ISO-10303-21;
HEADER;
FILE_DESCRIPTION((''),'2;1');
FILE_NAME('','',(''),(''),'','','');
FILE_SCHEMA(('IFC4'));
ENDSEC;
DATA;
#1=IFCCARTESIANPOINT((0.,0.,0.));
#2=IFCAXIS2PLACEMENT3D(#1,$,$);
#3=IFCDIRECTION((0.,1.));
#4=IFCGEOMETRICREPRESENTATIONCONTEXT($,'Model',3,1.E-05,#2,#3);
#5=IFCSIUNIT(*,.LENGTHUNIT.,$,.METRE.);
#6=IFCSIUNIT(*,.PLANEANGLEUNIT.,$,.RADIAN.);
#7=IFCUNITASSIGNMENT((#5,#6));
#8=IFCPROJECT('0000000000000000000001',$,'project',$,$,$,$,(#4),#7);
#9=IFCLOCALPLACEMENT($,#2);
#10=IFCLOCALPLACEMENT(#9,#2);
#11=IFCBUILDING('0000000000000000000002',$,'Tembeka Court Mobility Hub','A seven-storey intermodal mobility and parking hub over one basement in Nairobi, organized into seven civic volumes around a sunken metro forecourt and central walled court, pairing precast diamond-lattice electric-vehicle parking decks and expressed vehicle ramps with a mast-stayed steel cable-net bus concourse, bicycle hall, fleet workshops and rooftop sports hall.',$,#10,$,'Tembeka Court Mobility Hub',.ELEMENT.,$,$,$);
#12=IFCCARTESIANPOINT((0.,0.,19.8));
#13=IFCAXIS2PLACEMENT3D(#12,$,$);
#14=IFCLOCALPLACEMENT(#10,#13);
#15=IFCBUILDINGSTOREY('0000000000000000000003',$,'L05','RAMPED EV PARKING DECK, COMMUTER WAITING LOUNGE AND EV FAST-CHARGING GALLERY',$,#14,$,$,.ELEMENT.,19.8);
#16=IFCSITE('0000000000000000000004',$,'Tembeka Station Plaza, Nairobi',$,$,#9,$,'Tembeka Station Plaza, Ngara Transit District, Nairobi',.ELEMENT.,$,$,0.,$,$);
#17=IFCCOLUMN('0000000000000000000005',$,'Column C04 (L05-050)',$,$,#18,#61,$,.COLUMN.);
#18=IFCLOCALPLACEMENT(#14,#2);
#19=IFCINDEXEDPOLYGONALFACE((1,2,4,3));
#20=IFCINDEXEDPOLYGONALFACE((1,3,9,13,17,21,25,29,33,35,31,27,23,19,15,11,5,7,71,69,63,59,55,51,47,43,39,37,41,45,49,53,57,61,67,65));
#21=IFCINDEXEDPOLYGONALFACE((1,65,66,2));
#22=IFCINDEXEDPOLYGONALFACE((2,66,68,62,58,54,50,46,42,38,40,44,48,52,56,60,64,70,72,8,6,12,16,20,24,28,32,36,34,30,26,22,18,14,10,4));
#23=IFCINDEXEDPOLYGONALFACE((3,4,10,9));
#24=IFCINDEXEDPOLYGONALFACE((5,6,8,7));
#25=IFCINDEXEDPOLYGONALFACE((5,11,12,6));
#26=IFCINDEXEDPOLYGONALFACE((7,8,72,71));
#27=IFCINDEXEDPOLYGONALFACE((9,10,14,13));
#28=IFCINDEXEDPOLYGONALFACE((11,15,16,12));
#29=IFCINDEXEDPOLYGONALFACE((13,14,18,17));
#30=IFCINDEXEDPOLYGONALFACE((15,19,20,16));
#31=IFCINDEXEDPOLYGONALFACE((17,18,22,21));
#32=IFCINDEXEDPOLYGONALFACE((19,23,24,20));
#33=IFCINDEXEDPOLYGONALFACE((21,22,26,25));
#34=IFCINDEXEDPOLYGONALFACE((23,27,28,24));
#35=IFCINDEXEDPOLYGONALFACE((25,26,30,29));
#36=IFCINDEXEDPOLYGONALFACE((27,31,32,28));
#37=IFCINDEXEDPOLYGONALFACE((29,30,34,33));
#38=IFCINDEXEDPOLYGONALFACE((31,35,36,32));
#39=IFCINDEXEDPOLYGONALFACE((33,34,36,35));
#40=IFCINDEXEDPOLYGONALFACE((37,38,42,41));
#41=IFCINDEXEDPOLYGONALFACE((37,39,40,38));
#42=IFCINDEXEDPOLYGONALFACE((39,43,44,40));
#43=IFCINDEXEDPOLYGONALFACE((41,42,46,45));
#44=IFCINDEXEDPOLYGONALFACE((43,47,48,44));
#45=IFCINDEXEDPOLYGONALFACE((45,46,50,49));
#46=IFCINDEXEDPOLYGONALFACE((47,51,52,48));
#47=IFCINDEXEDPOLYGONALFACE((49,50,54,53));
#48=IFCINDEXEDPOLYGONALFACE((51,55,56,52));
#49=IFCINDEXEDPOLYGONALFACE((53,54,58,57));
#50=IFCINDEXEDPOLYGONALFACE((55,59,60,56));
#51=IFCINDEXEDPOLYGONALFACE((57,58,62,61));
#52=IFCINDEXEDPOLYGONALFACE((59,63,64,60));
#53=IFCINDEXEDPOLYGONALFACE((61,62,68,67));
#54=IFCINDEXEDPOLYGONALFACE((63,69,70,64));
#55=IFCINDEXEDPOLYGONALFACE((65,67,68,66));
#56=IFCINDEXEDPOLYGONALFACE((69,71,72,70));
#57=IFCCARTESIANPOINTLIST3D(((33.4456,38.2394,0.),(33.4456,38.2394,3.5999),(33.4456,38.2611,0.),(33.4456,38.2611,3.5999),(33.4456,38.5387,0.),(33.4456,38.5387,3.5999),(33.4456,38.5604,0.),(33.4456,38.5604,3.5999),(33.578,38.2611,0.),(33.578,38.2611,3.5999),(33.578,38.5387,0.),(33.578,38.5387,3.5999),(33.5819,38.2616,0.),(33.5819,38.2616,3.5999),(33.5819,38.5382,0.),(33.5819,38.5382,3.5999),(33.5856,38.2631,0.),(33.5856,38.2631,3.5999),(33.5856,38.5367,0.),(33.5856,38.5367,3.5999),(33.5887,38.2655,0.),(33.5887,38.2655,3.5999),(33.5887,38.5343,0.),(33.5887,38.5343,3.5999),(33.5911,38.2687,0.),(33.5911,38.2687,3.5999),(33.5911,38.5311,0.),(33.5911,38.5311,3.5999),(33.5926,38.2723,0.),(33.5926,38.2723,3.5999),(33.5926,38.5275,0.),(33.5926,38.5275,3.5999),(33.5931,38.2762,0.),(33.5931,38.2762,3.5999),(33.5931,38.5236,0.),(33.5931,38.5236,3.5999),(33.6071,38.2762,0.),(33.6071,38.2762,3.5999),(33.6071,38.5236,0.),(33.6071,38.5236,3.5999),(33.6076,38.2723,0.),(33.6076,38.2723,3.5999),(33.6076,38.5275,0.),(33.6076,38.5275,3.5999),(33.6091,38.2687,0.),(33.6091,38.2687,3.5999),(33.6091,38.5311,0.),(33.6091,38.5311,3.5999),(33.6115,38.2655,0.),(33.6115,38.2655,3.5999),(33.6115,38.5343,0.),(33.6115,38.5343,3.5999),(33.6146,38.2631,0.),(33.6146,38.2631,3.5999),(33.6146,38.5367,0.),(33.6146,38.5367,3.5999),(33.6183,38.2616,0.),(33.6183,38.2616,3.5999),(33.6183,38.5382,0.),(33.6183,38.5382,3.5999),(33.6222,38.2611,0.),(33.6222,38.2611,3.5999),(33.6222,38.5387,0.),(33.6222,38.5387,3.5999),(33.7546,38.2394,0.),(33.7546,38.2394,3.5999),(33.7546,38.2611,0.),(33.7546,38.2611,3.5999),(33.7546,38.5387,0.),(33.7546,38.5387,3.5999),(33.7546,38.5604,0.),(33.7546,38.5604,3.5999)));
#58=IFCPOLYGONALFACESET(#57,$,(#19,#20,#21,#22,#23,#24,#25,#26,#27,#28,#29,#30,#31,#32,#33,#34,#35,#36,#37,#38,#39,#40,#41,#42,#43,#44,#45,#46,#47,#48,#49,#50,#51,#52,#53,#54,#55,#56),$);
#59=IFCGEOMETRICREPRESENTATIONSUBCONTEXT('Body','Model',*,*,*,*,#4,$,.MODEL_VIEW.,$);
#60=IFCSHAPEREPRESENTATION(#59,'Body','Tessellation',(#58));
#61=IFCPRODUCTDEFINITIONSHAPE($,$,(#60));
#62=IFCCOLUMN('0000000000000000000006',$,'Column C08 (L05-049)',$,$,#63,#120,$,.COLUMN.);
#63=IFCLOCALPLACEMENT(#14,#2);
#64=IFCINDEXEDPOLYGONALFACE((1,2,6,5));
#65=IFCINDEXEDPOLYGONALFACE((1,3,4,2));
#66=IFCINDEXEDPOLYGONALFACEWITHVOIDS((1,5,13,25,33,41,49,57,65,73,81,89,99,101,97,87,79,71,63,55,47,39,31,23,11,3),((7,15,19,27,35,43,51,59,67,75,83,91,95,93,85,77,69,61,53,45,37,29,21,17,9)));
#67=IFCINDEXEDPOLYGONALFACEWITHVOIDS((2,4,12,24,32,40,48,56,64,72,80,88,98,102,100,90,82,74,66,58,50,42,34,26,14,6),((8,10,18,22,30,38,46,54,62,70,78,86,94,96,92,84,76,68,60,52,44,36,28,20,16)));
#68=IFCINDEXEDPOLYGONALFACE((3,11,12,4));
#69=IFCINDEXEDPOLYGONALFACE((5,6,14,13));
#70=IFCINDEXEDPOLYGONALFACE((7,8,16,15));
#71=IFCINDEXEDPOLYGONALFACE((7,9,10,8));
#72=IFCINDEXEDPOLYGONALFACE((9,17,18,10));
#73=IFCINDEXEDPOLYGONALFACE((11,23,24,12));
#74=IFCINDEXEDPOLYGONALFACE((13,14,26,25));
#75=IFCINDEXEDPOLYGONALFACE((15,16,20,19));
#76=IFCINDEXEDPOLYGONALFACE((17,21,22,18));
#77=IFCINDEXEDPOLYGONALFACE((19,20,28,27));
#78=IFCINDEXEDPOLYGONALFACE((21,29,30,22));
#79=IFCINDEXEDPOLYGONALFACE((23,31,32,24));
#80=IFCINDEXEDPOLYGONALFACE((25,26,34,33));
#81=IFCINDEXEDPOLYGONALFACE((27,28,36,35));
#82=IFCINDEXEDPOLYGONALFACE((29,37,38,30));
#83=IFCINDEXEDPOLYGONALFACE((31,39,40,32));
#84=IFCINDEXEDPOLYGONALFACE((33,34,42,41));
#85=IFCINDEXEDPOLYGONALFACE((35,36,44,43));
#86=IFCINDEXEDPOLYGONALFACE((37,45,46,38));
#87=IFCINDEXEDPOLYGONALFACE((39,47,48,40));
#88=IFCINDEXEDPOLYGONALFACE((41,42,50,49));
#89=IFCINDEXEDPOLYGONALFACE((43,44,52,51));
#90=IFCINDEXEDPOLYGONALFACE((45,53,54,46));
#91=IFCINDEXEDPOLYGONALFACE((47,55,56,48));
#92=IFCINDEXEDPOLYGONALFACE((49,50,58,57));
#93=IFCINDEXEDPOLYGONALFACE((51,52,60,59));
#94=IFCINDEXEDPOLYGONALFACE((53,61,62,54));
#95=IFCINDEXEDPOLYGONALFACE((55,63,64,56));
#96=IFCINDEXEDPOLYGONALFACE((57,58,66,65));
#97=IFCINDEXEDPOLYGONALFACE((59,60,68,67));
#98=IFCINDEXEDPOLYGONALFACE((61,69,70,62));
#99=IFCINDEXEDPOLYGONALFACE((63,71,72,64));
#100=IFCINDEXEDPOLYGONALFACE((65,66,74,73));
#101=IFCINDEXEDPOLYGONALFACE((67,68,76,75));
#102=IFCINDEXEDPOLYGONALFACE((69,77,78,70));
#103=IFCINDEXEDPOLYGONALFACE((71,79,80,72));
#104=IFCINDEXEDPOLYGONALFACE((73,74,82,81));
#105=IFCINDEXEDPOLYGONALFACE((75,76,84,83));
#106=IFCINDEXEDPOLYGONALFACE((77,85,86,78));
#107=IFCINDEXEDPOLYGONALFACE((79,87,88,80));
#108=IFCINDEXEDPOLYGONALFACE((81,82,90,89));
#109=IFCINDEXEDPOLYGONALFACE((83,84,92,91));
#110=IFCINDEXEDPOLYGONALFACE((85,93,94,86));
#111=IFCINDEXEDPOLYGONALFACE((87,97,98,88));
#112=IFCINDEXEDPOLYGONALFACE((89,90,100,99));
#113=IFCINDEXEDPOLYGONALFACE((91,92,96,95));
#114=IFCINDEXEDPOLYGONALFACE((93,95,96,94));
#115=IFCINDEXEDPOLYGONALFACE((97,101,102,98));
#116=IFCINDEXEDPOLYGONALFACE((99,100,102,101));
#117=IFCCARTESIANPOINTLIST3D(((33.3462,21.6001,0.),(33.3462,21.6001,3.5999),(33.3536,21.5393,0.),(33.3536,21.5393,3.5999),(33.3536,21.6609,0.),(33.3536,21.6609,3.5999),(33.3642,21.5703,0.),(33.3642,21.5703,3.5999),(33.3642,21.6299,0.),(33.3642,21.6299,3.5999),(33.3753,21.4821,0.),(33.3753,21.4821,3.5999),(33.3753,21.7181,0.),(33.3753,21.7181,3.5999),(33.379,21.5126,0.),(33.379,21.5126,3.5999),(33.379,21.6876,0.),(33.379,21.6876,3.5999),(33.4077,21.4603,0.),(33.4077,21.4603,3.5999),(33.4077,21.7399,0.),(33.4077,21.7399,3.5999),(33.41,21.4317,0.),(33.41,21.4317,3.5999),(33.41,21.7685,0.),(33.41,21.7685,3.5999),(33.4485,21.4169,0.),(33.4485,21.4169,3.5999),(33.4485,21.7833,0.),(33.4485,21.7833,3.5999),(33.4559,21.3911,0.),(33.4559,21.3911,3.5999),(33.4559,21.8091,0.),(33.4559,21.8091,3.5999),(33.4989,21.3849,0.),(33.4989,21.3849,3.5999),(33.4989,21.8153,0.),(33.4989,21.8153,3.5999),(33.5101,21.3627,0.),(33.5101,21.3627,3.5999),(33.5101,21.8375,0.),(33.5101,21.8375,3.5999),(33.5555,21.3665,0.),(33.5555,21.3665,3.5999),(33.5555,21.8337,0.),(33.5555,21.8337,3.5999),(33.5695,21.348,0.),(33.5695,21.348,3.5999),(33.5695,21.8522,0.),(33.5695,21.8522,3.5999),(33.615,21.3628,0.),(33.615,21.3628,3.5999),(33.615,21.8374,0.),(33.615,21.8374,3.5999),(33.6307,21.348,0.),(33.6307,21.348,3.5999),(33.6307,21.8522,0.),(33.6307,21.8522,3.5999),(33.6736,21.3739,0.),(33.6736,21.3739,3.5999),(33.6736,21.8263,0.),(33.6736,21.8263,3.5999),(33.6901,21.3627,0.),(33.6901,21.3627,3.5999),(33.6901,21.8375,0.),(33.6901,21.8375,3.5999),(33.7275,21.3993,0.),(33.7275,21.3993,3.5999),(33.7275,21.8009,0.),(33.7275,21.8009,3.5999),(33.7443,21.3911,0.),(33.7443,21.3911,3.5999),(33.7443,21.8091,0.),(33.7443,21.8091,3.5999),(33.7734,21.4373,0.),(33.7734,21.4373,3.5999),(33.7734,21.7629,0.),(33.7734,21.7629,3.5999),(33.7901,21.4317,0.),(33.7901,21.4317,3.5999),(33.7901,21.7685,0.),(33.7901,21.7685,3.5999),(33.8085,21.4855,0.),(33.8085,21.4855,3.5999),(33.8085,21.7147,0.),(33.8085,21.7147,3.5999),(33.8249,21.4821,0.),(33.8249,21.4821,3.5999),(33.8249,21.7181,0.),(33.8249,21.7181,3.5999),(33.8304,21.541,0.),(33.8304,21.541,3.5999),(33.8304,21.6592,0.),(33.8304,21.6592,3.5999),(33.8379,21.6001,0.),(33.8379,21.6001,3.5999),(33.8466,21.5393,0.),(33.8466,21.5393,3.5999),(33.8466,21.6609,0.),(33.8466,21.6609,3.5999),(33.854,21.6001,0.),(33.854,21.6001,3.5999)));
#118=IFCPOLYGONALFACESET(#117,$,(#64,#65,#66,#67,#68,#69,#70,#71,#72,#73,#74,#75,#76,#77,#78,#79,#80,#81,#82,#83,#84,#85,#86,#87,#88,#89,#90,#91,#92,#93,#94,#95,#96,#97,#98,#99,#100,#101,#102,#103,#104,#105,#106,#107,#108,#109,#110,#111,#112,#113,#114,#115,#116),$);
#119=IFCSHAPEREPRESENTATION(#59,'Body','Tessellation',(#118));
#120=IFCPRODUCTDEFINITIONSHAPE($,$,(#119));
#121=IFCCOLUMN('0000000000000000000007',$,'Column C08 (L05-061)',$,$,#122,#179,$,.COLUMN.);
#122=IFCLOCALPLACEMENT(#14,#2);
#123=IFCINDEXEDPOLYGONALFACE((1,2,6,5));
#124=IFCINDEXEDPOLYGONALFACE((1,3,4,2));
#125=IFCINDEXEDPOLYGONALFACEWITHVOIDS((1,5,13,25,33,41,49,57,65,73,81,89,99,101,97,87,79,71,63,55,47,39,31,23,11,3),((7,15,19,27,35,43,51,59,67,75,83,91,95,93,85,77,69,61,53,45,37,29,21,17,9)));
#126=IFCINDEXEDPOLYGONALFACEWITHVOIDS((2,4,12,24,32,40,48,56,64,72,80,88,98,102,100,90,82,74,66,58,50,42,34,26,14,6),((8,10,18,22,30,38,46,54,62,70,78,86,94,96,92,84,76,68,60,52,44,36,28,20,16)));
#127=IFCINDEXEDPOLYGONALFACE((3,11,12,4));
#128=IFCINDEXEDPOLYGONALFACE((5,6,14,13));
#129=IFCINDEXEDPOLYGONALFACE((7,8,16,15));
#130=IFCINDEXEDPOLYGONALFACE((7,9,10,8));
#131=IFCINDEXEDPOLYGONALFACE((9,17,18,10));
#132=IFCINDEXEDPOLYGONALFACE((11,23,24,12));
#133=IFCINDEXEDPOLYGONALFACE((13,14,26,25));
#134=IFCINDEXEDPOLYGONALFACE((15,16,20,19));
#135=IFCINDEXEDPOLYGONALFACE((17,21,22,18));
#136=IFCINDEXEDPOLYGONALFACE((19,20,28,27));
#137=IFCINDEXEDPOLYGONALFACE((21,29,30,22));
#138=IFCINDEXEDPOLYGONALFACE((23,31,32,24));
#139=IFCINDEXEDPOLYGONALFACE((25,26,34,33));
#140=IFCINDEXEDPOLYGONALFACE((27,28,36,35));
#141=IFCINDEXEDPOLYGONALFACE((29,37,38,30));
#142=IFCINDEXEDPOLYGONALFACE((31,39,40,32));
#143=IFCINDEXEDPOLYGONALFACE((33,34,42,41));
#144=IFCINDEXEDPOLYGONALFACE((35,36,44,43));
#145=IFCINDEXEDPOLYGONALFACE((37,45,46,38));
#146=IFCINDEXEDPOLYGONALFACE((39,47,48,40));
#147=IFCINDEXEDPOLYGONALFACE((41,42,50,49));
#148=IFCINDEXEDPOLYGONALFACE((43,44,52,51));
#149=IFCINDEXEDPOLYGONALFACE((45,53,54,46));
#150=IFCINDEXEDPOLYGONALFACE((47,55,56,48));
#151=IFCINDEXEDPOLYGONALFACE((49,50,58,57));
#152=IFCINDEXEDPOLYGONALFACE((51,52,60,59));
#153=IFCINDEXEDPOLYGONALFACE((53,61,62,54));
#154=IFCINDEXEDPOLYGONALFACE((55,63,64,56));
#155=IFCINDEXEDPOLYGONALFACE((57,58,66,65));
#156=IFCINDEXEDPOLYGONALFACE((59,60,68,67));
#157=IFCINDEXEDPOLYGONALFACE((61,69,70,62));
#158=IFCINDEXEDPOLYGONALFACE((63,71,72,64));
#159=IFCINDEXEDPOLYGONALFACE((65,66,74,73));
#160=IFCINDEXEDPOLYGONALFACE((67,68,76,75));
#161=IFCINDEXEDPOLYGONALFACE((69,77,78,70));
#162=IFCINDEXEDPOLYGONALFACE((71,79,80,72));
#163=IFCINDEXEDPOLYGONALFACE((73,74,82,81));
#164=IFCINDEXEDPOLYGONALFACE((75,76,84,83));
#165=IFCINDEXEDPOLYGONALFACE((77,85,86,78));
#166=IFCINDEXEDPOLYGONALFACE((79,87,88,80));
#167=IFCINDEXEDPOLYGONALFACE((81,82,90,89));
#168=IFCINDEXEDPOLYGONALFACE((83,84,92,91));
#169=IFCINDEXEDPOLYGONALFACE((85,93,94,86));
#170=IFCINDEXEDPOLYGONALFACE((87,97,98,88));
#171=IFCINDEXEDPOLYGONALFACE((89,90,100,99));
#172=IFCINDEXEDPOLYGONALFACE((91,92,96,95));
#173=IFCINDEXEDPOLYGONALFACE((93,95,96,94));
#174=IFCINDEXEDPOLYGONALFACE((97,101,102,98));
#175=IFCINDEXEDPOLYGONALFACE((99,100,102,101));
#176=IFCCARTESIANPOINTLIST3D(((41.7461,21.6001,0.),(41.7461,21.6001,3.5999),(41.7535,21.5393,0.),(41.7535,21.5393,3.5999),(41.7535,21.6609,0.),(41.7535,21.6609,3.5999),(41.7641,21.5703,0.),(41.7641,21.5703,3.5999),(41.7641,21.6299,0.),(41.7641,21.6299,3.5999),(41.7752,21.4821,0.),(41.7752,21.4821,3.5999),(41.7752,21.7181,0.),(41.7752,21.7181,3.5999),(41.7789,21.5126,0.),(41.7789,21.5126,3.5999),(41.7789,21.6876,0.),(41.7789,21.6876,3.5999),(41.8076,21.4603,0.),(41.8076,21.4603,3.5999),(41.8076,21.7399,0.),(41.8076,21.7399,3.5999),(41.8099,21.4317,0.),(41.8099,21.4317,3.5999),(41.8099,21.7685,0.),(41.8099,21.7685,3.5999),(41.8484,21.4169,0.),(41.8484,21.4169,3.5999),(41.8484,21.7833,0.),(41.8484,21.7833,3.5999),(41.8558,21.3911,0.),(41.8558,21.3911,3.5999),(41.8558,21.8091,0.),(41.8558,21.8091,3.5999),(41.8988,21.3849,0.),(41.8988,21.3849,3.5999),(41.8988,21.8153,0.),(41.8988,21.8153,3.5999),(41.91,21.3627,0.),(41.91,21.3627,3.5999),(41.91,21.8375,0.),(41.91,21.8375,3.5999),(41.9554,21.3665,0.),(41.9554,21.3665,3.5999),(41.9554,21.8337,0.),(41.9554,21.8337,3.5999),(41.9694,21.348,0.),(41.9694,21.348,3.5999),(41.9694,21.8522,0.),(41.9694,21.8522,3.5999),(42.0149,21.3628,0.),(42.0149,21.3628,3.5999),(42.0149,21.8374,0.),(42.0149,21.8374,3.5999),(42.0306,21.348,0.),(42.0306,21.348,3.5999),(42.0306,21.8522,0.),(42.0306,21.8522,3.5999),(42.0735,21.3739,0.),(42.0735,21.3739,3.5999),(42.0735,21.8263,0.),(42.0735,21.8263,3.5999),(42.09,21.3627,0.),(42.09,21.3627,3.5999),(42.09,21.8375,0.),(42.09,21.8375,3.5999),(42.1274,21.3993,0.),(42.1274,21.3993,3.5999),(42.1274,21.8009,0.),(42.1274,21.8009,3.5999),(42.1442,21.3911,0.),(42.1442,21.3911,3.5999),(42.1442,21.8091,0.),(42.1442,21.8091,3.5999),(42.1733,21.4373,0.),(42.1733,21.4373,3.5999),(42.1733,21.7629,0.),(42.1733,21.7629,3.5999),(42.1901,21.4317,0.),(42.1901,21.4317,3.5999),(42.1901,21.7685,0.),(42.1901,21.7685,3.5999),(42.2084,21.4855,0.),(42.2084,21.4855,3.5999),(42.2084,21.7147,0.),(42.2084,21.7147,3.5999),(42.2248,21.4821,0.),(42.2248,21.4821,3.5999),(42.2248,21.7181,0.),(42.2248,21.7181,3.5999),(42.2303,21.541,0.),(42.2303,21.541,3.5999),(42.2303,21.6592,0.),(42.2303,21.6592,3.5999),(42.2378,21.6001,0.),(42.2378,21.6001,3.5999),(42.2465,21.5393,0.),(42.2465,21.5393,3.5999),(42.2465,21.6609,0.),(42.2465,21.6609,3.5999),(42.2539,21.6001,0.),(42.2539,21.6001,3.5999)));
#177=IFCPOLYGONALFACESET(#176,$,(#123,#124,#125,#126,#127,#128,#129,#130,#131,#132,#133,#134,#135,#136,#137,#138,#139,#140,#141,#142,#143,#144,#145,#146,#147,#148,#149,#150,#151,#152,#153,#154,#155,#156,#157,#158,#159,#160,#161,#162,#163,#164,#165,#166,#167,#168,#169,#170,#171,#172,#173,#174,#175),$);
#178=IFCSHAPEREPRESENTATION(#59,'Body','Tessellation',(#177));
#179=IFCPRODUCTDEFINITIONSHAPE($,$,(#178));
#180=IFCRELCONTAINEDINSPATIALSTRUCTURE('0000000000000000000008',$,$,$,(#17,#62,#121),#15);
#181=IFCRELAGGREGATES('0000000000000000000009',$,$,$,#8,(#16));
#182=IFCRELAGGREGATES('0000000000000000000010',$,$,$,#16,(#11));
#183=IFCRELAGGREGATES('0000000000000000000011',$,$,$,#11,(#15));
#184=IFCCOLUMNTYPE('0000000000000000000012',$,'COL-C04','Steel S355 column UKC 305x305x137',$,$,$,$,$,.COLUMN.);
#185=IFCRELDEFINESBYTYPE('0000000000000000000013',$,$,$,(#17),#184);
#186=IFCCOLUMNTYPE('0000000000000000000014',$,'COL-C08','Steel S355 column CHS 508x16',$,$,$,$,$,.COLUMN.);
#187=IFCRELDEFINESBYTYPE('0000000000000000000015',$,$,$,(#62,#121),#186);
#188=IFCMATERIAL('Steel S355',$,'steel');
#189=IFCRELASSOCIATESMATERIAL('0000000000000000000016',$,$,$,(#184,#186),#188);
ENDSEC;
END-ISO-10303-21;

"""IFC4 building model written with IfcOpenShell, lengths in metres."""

from ifc_helpers import new_model, si_unit, direction, frame, origin, origin_2d, place, context, subcontext, project, spatial, hollow_circle, i_section, extrude, material, material_profile, profile_set, type_object, element, save


model = new_model("IFC4")

# Units and contexts
model_context = context("Model", 3, precision=1e-05, world=origin(), true_north=direction((0.0, 1.0)))
body_context = subcontext(model_context, "Body", "Model", "MODEL_VIEW")
ifc_project = project(units=[si_unit("LENGTHUNIT", "METRE"), si_unit("PLANEANGLEUNIT", "RADIAN")], contexts=[model_context])

# Site, building, storey
site_placement = place(None, origin())
site = spatial("IfcSite", under=ifc_project, at=site_placement, Name="Tembeka Station Plaza, Nairobi", LongName="Tembeka Station Plaza, Ngara Transit District, Nairobi", CompositionType="ELEMENT", RefElevation=0.0)
building_placement = place(site_placement, origin())
building = spatial("IfcBuilding", under=site, at=building_placement, Name="Tembeka Court Mobility Hub", Description="A seven-storey intermodal mobility and parking hub over one basement in Nairobi, organized into seven civic volumes around a sunken metro forecourt and central walled court, pairing precast diamond-lattice electric-vehicle parking decks and expressed vehicle ramps with a mast-stayed steel cable-net bus concourse, bicycle hall, fleet workshops and rooftop sports hall.", LongName="Tembeka Court Mobility Hub", CompositionType="ELEMENT")
storey_placement = place(building_placement, frame((0.0, 0.0, 19.8)))
storey = spatial("IfcBuildingStorey", under=building, at=storey_placement, Name="L05", Description="RAMPED EV PARKING DECK, COMMUTER WAITING LOUNGE AND EV FAST-CHARGING GALLERY", CompositionType="ELEMENT", Elevation=19.8)

# Columns
ifc_material_1 = material(Name="Steel S355", Category="steel")
ifc_material_profile_1 = material_profile(ifc_material_1, i_section(OverallWidth=0.3091, OverallDepth=0.321, WebThickness=0.0139, FlangeThickness=0.0217, FilletRadius=0.0151, at=origin_2d()), Name="UKC 305x305x137")
ifc_profile_set_1 = profile_set([ifc_material_profile_1], Name="Steel S355")
column_type_1 = type_object("IfcColumnType", Name="COL-C04", Description="Steel S355 column UKC 305x305x137", PredefinedType="COLUMN", material=ifc_profile_set_1)
column_placement = place(storey_placement, frame((33.6001, 38.3999, 0.0), z_axis=(0.0, 0.0, 1.0), x_axis=(1.0, 0.0, 0.0)))
element("IfcColumn", 1, at=column_placement, inside=storey, type_object=column_type_1, Name="Column C04 (L05-050)", PredefinedType="COLUMN", context=body_context, shape_type="SweptSolid", body=[
    extrude(i_section(OverallWidth=0.3091, OverallDepth=0.321, WebThickness=0.0139, FlangeThickness=0.0217, FilletRadius=0.0151, at=origin_2d()), origin(), (0.0, 0.0, 1.0), 3.5999),
])
ifc_material_profile_2 = material_profile(ifc_material_1, hollow_circle(Radius=0.2539, WallThickness=0.0161, at=origin_2d()), Name="CHS 508x16")
ifc_profile_set_2 = profile_set([ifc_material_profile_2], Name="Steel S355")
column_type_2 = type_object("IfcColumnType", Name="COL-C08", Description="Steel S355 column CHS 508x16", PredefinedType="COLUMN", material=ifc_profile_set_2)
for number, where, z_axis, x_axis, name in (
    (2, (33.6001, 21.6001, 0.0), (0.0, 0.0, 1.0), (1.0, 0.0, 0.0), "Column C08 (L05-049)"),
    (3, (42.0, 21.6001, 0.0), (0.0, 0.0, 1.0), (1.0, 0.0, 0.0), "Column C08 (L05-061)"),
):
    element("IfcColumn", number, at=place(storey_placement, frame(where, z_axis=z_axis, x_axis=x_axis)), inside=storey, type_object=column_type_2, Name=name, PredefinedType="COLUMN", context=body_context, shape_type="SweptSolid", body=[
        extrude(hollow_circle(Radius=0.2539, WallThickness=0.0161, at=origin_2d()), origin(), (0.0, 0.0, 1.0), 3.5999),
    ])

save(model, "model.ifc")
